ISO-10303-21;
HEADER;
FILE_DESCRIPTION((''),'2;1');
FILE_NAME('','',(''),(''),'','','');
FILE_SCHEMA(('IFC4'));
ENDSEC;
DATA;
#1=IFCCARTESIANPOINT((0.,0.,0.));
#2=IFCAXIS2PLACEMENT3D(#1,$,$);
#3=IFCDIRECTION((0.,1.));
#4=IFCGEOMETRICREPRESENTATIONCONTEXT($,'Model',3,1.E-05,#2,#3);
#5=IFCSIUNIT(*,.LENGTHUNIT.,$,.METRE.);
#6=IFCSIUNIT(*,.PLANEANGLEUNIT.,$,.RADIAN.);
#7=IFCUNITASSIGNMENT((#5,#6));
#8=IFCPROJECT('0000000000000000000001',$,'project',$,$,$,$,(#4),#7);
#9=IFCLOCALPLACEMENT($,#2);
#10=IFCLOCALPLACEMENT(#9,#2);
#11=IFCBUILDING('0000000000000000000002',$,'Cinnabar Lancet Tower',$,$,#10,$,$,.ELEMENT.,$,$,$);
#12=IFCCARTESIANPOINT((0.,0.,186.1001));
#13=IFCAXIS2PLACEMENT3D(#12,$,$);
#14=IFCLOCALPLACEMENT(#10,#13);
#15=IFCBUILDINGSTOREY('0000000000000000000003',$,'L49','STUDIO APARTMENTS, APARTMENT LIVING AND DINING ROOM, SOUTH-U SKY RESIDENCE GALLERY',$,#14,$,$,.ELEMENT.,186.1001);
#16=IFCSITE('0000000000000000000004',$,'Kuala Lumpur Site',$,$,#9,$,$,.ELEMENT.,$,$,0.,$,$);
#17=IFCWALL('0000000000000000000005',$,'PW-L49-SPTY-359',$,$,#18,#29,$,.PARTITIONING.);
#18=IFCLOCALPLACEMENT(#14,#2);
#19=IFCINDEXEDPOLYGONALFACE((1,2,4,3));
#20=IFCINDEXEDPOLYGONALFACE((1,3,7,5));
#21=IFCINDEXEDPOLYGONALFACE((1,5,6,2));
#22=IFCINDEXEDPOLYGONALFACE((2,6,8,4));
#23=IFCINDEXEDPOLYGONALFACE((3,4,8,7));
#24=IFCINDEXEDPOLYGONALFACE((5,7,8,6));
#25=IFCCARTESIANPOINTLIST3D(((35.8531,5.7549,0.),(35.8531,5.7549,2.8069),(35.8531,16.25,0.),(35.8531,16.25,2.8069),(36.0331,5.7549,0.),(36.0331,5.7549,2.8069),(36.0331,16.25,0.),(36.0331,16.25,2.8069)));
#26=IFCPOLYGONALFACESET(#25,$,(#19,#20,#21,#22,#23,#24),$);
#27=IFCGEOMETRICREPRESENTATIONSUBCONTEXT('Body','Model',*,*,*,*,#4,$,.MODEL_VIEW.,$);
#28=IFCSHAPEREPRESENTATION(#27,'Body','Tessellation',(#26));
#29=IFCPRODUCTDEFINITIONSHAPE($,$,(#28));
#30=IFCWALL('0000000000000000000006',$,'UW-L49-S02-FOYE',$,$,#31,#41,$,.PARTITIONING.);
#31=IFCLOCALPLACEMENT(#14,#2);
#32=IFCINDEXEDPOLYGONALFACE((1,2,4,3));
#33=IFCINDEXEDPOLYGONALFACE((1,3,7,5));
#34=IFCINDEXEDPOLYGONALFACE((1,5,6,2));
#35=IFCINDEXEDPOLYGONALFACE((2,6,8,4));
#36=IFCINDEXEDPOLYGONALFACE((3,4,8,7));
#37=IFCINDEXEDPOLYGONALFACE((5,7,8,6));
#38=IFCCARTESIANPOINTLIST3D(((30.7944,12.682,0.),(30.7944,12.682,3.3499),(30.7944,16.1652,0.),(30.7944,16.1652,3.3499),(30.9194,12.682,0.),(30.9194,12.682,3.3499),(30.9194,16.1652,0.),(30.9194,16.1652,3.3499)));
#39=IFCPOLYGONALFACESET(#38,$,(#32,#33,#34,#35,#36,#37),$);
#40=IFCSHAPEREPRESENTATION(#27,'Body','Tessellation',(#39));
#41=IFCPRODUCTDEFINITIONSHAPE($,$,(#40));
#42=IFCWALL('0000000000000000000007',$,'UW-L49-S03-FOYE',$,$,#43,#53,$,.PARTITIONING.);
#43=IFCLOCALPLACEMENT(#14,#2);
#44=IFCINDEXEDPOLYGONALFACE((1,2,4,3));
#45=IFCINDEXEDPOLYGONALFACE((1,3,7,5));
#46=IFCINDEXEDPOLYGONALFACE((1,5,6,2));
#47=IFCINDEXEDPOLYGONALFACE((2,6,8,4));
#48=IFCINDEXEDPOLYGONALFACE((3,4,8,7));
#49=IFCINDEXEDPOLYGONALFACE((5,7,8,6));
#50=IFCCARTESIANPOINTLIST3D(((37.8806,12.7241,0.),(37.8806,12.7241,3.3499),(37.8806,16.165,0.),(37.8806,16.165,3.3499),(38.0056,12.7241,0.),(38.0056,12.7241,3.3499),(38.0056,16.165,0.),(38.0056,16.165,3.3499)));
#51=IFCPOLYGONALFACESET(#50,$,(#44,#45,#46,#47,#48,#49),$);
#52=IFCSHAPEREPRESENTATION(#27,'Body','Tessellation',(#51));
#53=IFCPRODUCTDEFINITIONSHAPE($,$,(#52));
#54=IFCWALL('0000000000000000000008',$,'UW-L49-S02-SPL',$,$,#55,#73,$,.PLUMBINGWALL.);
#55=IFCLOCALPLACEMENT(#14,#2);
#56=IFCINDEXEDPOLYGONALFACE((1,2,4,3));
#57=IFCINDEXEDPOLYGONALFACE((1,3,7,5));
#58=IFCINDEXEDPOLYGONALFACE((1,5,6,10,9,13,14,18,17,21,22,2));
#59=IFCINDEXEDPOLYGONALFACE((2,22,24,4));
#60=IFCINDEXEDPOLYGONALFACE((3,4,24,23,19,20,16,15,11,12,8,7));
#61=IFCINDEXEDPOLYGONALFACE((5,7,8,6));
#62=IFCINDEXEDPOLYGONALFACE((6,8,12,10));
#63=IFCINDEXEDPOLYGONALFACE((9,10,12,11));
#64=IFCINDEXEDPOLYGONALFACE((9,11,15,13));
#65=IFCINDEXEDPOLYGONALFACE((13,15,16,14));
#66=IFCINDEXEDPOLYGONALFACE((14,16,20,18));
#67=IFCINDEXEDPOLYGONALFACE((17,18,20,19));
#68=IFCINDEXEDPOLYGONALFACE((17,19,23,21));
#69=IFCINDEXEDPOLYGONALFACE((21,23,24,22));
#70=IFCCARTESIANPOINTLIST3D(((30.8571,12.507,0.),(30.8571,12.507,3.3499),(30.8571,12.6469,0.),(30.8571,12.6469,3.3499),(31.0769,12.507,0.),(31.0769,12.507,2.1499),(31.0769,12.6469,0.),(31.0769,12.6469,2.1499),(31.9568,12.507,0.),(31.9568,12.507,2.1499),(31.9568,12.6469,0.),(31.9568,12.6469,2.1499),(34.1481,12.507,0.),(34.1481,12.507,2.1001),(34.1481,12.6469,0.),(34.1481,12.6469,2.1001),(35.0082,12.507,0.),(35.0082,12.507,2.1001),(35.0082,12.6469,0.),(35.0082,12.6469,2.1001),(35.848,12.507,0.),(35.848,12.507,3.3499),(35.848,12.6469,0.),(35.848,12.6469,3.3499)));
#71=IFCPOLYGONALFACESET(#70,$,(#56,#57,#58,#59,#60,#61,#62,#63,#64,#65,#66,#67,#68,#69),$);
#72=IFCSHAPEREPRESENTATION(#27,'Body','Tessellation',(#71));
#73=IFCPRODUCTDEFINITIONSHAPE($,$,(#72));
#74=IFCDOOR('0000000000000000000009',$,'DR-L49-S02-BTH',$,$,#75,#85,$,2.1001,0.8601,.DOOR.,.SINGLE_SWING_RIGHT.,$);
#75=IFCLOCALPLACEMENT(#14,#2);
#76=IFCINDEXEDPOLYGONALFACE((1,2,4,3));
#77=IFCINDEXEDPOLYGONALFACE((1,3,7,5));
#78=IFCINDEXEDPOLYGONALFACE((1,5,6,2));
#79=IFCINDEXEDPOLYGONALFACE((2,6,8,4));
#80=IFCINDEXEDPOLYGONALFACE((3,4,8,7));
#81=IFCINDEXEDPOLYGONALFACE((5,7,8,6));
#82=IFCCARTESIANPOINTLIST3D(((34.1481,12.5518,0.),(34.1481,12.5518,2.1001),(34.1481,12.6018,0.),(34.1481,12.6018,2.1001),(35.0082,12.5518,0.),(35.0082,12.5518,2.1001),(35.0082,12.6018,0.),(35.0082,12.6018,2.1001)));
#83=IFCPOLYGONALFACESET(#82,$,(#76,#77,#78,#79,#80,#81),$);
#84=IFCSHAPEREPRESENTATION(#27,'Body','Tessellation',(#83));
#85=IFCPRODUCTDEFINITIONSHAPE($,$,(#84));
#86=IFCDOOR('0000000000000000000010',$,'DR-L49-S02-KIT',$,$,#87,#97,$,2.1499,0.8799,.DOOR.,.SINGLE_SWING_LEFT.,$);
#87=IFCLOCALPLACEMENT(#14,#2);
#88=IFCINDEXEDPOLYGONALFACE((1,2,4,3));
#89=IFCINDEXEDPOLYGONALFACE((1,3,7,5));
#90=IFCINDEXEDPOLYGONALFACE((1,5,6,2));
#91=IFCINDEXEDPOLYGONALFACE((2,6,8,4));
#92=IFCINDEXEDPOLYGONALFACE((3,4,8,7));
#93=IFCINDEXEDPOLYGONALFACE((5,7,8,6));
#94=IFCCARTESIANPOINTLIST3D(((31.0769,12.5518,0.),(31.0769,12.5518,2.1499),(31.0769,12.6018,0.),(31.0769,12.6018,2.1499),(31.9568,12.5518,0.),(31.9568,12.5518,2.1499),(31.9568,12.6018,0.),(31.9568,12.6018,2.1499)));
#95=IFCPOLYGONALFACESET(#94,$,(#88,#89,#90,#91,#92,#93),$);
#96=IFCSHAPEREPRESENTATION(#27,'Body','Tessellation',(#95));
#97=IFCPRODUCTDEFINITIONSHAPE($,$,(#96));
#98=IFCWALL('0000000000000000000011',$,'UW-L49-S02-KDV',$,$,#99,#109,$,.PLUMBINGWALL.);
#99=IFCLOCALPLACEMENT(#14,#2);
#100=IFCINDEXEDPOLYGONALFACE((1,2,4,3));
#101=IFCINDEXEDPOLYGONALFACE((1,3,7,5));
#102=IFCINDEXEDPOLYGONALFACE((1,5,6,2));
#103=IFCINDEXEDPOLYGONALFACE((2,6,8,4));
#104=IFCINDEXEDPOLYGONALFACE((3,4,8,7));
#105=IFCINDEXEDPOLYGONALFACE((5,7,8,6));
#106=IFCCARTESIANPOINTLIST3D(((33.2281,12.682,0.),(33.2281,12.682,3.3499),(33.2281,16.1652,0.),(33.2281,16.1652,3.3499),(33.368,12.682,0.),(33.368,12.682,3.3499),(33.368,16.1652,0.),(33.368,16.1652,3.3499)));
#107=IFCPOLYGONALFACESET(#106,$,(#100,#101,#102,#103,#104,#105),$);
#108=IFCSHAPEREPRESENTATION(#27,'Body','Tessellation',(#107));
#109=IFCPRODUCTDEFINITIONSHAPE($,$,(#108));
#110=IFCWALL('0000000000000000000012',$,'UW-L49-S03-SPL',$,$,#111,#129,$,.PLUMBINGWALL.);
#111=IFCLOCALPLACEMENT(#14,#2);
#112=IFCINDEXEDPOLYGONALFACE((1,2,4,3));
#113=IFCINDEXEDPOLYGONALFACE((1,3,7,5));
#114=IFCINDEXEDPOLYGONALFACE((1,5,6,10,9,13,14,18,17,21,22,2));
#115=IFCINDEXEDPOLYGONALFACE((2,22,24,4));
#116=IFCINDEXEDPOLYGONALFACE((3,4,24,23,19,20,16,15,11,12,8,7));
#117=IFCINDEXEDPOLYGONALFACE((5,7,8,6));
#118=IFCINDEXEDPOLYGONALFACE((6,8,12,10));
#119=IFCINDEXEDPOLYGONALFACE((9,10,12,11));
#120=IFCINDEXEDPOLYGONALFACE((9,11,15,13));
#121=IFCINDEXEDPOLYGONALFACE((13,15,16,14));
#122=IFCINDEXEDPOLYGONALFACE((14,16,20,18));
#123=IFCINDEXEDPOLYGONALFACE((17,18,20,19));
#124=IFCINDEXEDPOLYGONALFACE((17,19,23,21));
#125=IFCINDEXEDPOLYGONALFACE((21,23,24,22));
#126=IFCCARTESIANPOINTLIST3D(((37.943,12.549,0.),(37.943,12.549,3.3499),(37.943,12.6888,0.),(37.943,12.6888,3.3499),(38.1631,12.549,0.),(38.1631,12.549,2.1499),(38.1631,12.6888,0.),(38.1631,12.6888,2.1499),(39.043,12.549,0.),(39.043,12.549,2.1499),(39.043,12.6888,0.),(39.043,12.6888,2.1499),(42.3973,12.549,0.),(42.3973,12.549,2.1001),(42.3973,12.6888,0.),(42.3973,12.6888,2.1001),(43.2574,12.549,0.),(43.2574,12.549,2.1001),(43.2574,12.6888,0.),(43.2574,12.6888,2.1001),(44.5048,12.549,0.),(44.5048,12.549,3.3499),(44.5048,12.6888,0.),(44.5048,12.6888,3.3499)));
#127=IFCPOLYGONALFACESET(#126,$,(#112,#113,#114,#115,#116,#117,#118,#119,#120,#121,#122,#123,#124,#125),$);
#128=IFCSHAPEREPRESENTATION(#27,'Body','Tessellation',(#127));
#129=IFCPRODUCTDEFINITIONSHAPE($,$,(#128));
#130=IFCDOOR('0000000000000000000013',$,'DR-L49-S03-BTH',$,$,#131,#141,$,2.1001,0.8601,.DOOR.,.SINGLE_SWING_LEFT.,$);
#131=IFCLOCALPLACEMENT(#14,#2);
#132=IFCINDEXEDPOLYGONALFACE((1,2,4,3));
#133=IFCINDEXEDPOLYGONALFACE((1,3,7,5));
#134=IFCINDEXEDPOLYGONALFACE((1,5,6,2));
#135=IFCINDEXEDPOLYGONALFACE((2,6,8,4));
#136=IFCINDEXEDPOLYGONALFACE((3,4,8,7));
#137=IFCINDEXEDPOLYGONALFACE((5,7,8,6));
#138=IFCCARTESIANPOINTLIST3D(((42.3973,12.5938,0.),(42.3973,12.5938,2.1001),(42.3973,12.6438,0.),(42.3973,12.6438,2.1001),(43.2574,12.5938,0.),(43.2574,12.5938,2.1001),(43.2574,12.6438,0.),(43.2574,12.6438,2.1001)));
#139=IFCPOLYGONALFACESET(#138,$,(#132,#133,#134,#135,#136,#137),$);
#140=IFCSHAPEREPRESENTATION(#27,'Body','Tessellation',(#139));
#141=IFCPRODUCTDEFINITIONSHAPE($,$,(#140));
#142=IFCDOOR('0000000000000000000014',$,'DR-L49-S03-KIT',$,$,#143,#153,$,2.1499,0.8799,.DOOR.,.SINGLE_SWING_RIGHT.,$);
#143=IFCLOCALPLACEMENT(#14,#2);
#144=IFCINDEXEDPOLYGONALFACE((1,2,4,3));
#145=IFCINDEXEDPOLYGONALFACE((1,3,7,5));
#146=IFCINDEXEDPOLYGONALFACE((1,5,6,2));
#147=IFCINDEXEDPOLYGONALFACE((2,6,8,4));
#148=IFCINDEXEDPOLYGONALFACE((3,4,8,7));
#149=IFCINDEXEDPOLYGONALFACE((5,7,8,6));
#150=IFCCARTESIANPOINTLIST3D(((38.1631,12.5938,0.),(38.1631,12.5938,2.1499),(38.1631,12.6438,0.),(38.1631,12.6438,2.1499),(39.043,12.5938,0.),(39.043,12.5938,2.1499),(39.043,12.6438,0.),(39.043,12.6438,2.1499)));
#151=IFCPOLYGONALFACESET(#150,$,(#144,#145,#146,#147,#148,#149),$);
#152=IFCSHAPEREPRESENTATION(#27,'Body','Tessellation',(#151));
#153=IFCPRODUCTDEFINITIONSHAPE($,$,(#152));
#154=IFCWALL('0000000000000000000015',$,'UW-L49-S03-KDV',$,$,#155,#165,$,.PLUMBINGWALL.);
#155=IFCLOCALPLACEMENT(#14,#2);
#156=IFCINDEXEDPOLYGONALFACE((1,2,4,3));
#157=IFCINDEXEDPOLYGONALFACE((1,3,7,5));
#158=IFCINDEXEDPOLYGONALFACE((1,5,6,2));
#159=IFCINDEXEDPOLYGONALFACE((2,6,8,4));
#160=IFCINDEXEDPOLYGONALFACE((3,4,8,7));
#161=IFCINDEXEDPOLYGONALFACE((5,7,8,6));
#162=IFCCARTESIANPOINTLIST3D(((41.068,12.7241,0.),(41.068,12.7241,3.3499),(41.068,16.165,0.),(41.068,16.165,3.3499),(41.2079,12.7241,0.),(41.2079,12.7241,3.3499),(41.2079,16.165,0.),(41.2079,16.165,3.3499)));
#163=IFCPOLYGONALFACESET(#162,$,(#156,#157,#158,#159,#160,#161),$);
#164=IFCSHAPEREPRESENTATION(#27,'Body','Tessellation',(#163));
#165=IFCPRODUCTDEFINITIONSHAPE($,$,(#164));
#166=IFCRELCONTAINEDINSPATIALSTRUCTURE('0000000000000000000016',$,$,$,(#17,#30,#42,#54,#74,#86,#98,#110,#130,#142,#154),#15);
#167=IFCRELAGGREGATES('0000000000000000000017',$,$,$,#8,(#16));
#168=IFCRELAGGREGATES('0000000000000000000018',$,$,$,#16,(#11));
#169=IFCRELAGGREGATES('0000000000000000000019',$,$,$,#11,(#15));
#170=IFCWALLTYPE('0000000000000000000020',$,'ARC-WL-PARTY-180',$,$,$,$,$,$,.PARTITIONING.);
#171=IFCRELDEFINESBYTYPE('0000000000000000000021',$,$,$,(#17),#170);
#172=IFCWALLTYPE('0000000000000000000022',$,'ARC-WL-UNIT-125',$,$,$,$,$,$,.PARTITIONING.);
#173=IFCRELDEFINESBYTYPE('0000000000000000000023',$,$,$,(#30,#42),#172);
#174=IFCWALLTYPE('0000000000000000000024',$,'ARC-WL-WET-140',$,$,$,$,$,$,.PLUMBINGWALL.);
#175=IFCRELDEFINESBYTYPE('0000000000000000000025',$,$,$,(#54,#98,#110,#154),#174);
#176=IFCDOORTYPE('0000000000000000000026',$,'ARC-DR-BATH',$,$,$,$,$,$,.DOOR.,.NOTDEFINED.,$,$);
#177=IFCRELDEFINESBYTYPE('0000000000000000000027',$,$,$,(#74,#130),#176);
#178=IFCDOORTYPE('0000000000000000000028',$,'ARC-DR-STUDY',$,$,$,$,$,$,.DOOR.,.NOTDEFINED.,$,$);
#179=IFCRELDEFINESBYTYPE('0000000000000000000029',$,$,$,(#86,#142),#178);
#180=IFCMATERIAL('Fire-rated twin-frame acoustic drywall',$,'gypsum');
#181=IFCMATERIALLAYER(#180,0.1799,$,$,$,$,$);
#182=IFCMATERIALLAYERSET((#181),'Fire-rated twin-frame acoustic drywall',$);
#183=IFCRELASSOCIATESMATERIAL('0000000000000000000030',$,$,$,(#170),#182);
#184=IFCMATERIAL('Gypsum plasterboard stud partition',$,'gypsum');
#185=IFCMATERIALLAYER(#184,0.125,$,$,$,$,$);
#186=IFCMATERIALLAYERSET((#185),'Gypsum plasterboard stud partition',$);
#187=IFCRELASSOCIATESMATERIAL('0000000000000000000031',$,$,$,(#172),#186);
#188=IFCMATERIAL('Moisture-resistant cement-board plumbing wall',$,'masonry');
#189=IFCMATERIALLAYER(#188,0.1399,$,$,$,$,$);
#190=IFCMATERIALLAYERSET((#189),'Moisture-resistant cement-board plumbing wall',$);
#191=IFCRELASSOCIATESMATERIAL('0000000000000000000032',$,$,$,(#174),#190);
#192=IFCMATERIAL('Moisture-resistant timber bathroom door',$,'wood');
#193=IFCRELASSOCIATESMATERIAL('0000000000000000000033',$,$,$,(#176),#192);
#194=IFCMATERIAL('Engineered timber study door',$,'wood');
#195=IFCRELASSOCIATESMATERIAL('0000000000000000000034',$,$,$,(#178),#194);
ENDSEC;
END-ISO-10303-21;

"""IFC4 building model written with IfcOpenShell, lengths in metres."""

from ifc_helpers import new_model, si_unit, direction, frame, frame_2d, origin, place, context, subcontext, project, spatial, rectangle, extrude, material, layer, layer_set, type_object, element, fill, save


model = new_model("IFC4")

# Units and contexts
model_context = context("Model", 3, precision=1e-05, world=origin(), true_north=direction((0.0, 1.0)))
body_context = subcontext(model_context, "Body", "Model", "MODEL_VIEW")
ifc_project = project(units=[si_unit("LENGTHUNIT", "METRE"), si_unit("PLANEANGLEUNIT", "RADIAN")], contexts=[model_context])

# Site, building, storey
site_placement = place(None, origin())
site = spatial("IfcSite", under=ifc_project, at=site_placement, Name="Kuala Lumpur Site", CompositionType="ELEMENT", RefElevation=0.0)
building_placement = place(site_placement, origin())
building = spatial("IfcBuilding", under=site, at=building_placement, Name="Cinnabar Lancet Tower", CompositionType="ELEMENT")
storey_placement = place(building_placement, frame((0.0, 0.0, 186.1001)))
storey = spatial("IfcBuildingStorey", under=building, at=storey_placement, Name="L49", Description="STUDIO APARTMENTS, APARTMENT LIVING AND DINING ROOM, SOUTH-U SKY RESIDENCE GALLERY", CompositionType="ELEMENT", Elevation=186.1001)

# Walls
ifc_material_1 = material(Name="Fire-rated twin-frame acoustic drywall", Category="gypsum")
ifc_layer_1 = layer(ifc_material_1, 0.1799)
ifc_layer_set_1 = layer_set([ifc_layer_1], Name="Fire-rated twin-frame acoustic drywall")
wall_type_1 = type_object("IfcWallType", Name="ARC-WL-PARTY-180", PredefinedType="PARTITIONING", material=ifc_layer_set_1)
wall_1_placement = place(storey_placement, frame((35.9431, 5.7549, 0.0), z_axis=(0.0, 0.0, 1.0), x_axis=(0.0, 1.0, 0.0)))
element("IfcWall", 1, at=wall_1_placement, inside=storey, type_object=wall_type_1, Name="PW-L49-SPTY-359", PredefinedType="PARTITIONING", context=body_context, shape_type="SweptSolid", body=[
    extrude(rectangle(XDim=10.4951, YDim=0.1799, at=frame_2d((5.2476, 0.0))), origin(), (0.0, 0.0, 1.0), 2.8069),
])
ifc_material_2 = material(Name="Gypsum plasterboard stud partition", Category="gypsum")
ifc_layer_2 = layer(ifc_material_2, 0.125)
ifc_layer_set_2 = layer_set([ifc_layer_2], Name="Gypsum plasterboard stud partition")
wall_type_2 = type_object("IfcWallType", Name="ARC-WL-UNIT-125", PredefinedType="PARTITIONING", material=ifc_layer_set_2)
wall_2_placement = place(storey_placement, frame((30.8569, 12.6819, 0.0), z_axis=(0.0, 0.0, 1.0), x_axis=(0.0, 1.0, 0.0)))
element("IfcWall", 2, at=wall_2_placement, inside=storey, type_object=wall_type_2, Name="UW-L49-S02-FOYE", PredefinedType="PARTITIONING", context=body_context, shape_type="SweptSolid", body=[
    extrude(rectangle(XDim=3.4832, YDim=0.125, at=frame_2d((1.7417, 0.0))), origin(), (0.0, 0.0, 1.0), 3.3499),
])
wall_3_placement = place(storey_placement, frame((37.9431, 12.7241, 0.0), z_axis=(0.0, 0.0, 1.0), x_axis=(0.0, 1.0, 0.0)))
element("IfcWall", 3, at=wall_3_placement, inside=storey, type_object=wall_type_2, Name="UW-L49-S03-FOYE", PredefinedType="PARTITIONING", context=body_context, shape_type="SweptSolid", body=[
    extrude(rectangle(XDim=3.4409, YDim=0.125, at=frame_2d((1.7205, 0.0))), origin(), (0.0, 0.0, 1.0), 3.3499),
])

# Wall, openings, doors
ifc_material_3 = material(Name="Moisture-resistant cement-board plumbing wall", Category="masonry")
ifc_layer_3 = layer(ifc_material_3, 0.1399)
ifc_layer_set_3 = layer_set([ifc_layer_3], Name="Moisture-resistant cement-board plumbing wall")
wall_type_3 = type_object("IfcWallType", Name="ARC-WL-WET-140", PredefinedType="PLUMBINGWALL", material=ifc_layer_set_3)
wall_4_placement = place(storey_placement, frame((30.8569, 12.5769, 0.0), z_axis=(0.0, 0.0, 1.0), x_axis=(1.0, 0.0, 0.0)))
wall_4 = element("IfcWall", 4, at=wall_4_placement, inside=storey, type_object=wall_type_3, Name="UW-L49-S02-SPL", PredefinedType="PLUMBINGWALL", context=body_context, shape_type="SweptSolid", body=[
    extrude(rectangle(XDim=4.991, YDim=0.1399, at=frame_2d((2.4956, 0.0))), origin(), (0.0, 0.0, 1.0), 3.3499),
])
opening_1_placement = place(wall_4_placement, frame((3.291, 0.0, 0.0)))
opening_1 = element("IfcOpeningElement", 5, at=opening_1_placement, cuts=wall_4, PredefinedType="OPENING", context=body_context, shape_type="SweptSolid", body=[
    extrude(rectangle(XDim=0.8601, YDim=2.1001, at=frame_2d((0.4302, 1.05))), frame((0.0, 0.0798, 0.0), z_axis=(0.0, -1.0, 0.0), x_axis=(1.0, 0.0, 0.0)), (0.0, 0.0, 1.0), 0.1599),
])
opening_2_placement = place(wall_4_placement, frame((0.22, 0.0, 0.0)))
opening_2 = element("IfcOpeningElement", 6, at=opening_2_placement, cuts=wall_4, PredefinedType="OPENING", context=body_context, shape_type="SweptSolid", body=[
    extrude(rectangle(XDim=0.8799, YDim=2.1499, at=frame_2d((0.4399, 1.075))), frame((0.0, 0.0798, 0.0), z_axis=(0.0, -1.0, 0.0), x_axis=(1.0, 0.0, 0.0)), (0.0, 0.0, 1.0), 0.1599),
])
ifc_material_4 = material(Name="Moisture-resistant timber bathroom door", Category="wood")
door_type_1 = type_object("IfcDoorType", Name="ARC-DR-BATH", OperationType="NOTDEFINED", PredefinedType="DOOR", material=ifc_material_4)
door_1_placement = place(opening_1_placement, origin())
door_1 = element("IfcDoor", 7, at=door_1_placement, inside=storey, type_object=door_type_1, Name="DR-L49-S02-BTH", OperationType="SINGLE_SWING_RIGHT", OverallHeight=2.1001, OverallWidth=0.8601, PredefinedType="DOOR", context=body_context, shape_type="SweptSolid", body=[
    extrude(rectangle(XDim=0.8601, YDim=2.1001, at=frame_2d((0.4302, 1.05))), frame((0.0, 0.0249, 0.0), z_axis=(0.0, -1.0, 0.0), x_axis=(1.0, 0.0, 0.0)), (0.0, 0.0, 1.0), 0.05),
])
fill(opening_1, door_1)
ifc_material_5 = material(Name="Engineered timber study door", Category="wood")
door_type_2 = type_object("IfcDoorType", Name="ARC-DR-STUDY", OperationType="NOTDEFINED", PredefinedType="DOOR", material=ifc_material_5)
door_2_placement = place(opening_2_placement, origin())
door_2 = element("IfcDoor", 8, at=door_2_placement, inside=storey, type_object=door_type_2, Name="DR-L49-S02-KIT", OperationType="SINGLE_SWING_LEFT", OverallHeight=2.1499, OverallWidth=0.8799, PredefinedType="DOOR", context=body_context, shape_type="SweptSolid", body=[
    extrude(rectangle(XDim=0.8799, YDim=2.1499, at=frame_2d((0.4399, 1.075))), frame((0.0, 0.0249, 0.0), z_axis=(0.0, -1.0, 0.0), x_axis=(1.0, 0.0, 0.0)), (0.0, 0.0, 1.0), 0.05),
])
fill(opening_2, door_2)

# Wall
wall_5_placement = place(storey_placement, frame((33.2981, 12.6819, 0.0), z_axis=(0.0, 0.0, 1.0), x_axis=(0.0, 1.0, 0.0)))
element("IfcWall", 9, at=wall_5_placement, inside=storey, type_object=wall_type_3, Name="UW-L49-S02-KDV", PredefinedType="PLUMBINGWALL", context=body_context, shape_type="SweptSolid", body=[
    extrude(rectangle(XDim=3.4832, YDim=0.1399, at=frame_2d((1.7417, 0.0))), origin(), (0.0, 0.0, 1.0), 3.3499),
])

# Wall, openings, doors
wall_6_placement = place(storey_placement, frame((37.9431, 12.6189, 0.0), z_axis=(0.0, 0.0, 1.0), x_axis=(1.0, 0.0, 0.0)))
wall_6 = element("IfcWall", 10, at=wall_6_placement, inside=storey, type_object=wall_type_3, Name="UW-L49-S03-SPL", PredefinedType="PLUMBINGWALL", context=body_context, shape_type="SweptSolid", body=[
    extrude(rectangle(XDim=6.5618, YDim=0.1399, at=frame_2d((3.2808, 0.0))), origin(), (0.0, 0.0, 1.0), 3.3499),
])
opening_3_placement = place(wall_6_placement, frame((4.4541, 0.0, 0.0)))
opening_3 = element("IfcOpeningElement", 11, at=opening_3_placement, cuts=wall_6, PredefinedType="OPENING", context=body_context, shape_type="SweptSolid", body=[
    extrude(rectangle(XDim=0.8601, YDim=2.1001, at=frame_2d((0.4302, 1.05))), frame((0.0, 0.0798, 0.0), z_axis=(0.0, -1.0, 0.0), x_axis=(1.0, 0.0, 0.0)), (0.0, 0.0, 1.0), 0.1599),
])
opening_4_placement = place(wall_6_placement, frame((0.22, 0.0, 0.0)))
opening_4 = element("IfcOpeningElement", 12, at=opening_4_placement, cuts=wall_6, PredefinedType="OPENING", context=body_context, shape_type="SweptSolid", body=[
    extrude(rectangle(XDim=0.8799, YDim=2.1499, at=frame_2d((0.4399, 1.075))), frame((0.0, 0.0798, 0.0), z_axis=(0.0, -1.0, 0.0), x_axis=(1.0, 0.0, 0.0)), (0.0, 0.0, 1.0), 0.1599),
])
door_3_placement = place(opening_3_placement, origin())
door_3 = element("IfcDoor", 13, at=door_3_placement, inside=storey, type_object=door_type_1, Name="DR-L49-S03-BTH", OperationType="SINGLE_SWING_LEFT", OverallHeight=2.1001, OverallWidth=0.8601, PredefinedType="DOOR", context=body_context, shape_type="SweptSolid", body=[
    extrude(rectangle(XDim=0.8601, YDim=2.1001, at=frame_2d((0.4302, 1.05))), frame((0.0, 0.0249, 0.0), z_axis=(0.0, -1.0, 0.0), x_axis=(1.0, 0.0, 0.0)), (0.0, 0.0, 1.0), 0.05),
])
fill(opening_3, door_3)
door_4_placement = place(opening_4_placement, origin())
door_4 = element("IfcDoor", 14, at=door_4_placement, inside=storey, type_object=door_type_2, Name="DR-L49-S03-KIT", OperationType="SINGLE_SWING_RIGHT", OverallHeight=2.1499, OverallWidth=0.8799, PredefinedType="DOOR", context=body_context, shape_type="SweptSolid", body=[
    extrude(rectangle(XDim=0.8799, YDim=2.1499, at=frame_2d((0.4399, 1.075))), frame((0.0, 0.0249, 0.0), z_axis=(0.0, -1.0, 0.0), x_axis=(1.0, 0.0, 0.0)), (0.0, 0.0, 1.0), 0.05),
])
fill(opening_4, door_4)

# Wall
wall_7_placement = place(storey_placement, frame((41.1379, 12.7241, 0.0), z_axis=(0.0, 0.0, 1.0), x_axis=(0.0, 1.0, 0.0)))
element("IfcWall", 15, at=wall_7_placement, inside=storey, type_object=wall_type_3, Name="UW-L49-S03-KDV", PredefinedType="PLUMBINGWALL", context=body_context, shape_type="SweptSolid", body=[
    extrude(rectangle(XDim=3.4409, YDim=0.1399, at=frame_2d((1.7205, 0.0))), origin(), (0.0, 0.0, 1.0), 3.3499),
])

save(model, "model.ifc")
